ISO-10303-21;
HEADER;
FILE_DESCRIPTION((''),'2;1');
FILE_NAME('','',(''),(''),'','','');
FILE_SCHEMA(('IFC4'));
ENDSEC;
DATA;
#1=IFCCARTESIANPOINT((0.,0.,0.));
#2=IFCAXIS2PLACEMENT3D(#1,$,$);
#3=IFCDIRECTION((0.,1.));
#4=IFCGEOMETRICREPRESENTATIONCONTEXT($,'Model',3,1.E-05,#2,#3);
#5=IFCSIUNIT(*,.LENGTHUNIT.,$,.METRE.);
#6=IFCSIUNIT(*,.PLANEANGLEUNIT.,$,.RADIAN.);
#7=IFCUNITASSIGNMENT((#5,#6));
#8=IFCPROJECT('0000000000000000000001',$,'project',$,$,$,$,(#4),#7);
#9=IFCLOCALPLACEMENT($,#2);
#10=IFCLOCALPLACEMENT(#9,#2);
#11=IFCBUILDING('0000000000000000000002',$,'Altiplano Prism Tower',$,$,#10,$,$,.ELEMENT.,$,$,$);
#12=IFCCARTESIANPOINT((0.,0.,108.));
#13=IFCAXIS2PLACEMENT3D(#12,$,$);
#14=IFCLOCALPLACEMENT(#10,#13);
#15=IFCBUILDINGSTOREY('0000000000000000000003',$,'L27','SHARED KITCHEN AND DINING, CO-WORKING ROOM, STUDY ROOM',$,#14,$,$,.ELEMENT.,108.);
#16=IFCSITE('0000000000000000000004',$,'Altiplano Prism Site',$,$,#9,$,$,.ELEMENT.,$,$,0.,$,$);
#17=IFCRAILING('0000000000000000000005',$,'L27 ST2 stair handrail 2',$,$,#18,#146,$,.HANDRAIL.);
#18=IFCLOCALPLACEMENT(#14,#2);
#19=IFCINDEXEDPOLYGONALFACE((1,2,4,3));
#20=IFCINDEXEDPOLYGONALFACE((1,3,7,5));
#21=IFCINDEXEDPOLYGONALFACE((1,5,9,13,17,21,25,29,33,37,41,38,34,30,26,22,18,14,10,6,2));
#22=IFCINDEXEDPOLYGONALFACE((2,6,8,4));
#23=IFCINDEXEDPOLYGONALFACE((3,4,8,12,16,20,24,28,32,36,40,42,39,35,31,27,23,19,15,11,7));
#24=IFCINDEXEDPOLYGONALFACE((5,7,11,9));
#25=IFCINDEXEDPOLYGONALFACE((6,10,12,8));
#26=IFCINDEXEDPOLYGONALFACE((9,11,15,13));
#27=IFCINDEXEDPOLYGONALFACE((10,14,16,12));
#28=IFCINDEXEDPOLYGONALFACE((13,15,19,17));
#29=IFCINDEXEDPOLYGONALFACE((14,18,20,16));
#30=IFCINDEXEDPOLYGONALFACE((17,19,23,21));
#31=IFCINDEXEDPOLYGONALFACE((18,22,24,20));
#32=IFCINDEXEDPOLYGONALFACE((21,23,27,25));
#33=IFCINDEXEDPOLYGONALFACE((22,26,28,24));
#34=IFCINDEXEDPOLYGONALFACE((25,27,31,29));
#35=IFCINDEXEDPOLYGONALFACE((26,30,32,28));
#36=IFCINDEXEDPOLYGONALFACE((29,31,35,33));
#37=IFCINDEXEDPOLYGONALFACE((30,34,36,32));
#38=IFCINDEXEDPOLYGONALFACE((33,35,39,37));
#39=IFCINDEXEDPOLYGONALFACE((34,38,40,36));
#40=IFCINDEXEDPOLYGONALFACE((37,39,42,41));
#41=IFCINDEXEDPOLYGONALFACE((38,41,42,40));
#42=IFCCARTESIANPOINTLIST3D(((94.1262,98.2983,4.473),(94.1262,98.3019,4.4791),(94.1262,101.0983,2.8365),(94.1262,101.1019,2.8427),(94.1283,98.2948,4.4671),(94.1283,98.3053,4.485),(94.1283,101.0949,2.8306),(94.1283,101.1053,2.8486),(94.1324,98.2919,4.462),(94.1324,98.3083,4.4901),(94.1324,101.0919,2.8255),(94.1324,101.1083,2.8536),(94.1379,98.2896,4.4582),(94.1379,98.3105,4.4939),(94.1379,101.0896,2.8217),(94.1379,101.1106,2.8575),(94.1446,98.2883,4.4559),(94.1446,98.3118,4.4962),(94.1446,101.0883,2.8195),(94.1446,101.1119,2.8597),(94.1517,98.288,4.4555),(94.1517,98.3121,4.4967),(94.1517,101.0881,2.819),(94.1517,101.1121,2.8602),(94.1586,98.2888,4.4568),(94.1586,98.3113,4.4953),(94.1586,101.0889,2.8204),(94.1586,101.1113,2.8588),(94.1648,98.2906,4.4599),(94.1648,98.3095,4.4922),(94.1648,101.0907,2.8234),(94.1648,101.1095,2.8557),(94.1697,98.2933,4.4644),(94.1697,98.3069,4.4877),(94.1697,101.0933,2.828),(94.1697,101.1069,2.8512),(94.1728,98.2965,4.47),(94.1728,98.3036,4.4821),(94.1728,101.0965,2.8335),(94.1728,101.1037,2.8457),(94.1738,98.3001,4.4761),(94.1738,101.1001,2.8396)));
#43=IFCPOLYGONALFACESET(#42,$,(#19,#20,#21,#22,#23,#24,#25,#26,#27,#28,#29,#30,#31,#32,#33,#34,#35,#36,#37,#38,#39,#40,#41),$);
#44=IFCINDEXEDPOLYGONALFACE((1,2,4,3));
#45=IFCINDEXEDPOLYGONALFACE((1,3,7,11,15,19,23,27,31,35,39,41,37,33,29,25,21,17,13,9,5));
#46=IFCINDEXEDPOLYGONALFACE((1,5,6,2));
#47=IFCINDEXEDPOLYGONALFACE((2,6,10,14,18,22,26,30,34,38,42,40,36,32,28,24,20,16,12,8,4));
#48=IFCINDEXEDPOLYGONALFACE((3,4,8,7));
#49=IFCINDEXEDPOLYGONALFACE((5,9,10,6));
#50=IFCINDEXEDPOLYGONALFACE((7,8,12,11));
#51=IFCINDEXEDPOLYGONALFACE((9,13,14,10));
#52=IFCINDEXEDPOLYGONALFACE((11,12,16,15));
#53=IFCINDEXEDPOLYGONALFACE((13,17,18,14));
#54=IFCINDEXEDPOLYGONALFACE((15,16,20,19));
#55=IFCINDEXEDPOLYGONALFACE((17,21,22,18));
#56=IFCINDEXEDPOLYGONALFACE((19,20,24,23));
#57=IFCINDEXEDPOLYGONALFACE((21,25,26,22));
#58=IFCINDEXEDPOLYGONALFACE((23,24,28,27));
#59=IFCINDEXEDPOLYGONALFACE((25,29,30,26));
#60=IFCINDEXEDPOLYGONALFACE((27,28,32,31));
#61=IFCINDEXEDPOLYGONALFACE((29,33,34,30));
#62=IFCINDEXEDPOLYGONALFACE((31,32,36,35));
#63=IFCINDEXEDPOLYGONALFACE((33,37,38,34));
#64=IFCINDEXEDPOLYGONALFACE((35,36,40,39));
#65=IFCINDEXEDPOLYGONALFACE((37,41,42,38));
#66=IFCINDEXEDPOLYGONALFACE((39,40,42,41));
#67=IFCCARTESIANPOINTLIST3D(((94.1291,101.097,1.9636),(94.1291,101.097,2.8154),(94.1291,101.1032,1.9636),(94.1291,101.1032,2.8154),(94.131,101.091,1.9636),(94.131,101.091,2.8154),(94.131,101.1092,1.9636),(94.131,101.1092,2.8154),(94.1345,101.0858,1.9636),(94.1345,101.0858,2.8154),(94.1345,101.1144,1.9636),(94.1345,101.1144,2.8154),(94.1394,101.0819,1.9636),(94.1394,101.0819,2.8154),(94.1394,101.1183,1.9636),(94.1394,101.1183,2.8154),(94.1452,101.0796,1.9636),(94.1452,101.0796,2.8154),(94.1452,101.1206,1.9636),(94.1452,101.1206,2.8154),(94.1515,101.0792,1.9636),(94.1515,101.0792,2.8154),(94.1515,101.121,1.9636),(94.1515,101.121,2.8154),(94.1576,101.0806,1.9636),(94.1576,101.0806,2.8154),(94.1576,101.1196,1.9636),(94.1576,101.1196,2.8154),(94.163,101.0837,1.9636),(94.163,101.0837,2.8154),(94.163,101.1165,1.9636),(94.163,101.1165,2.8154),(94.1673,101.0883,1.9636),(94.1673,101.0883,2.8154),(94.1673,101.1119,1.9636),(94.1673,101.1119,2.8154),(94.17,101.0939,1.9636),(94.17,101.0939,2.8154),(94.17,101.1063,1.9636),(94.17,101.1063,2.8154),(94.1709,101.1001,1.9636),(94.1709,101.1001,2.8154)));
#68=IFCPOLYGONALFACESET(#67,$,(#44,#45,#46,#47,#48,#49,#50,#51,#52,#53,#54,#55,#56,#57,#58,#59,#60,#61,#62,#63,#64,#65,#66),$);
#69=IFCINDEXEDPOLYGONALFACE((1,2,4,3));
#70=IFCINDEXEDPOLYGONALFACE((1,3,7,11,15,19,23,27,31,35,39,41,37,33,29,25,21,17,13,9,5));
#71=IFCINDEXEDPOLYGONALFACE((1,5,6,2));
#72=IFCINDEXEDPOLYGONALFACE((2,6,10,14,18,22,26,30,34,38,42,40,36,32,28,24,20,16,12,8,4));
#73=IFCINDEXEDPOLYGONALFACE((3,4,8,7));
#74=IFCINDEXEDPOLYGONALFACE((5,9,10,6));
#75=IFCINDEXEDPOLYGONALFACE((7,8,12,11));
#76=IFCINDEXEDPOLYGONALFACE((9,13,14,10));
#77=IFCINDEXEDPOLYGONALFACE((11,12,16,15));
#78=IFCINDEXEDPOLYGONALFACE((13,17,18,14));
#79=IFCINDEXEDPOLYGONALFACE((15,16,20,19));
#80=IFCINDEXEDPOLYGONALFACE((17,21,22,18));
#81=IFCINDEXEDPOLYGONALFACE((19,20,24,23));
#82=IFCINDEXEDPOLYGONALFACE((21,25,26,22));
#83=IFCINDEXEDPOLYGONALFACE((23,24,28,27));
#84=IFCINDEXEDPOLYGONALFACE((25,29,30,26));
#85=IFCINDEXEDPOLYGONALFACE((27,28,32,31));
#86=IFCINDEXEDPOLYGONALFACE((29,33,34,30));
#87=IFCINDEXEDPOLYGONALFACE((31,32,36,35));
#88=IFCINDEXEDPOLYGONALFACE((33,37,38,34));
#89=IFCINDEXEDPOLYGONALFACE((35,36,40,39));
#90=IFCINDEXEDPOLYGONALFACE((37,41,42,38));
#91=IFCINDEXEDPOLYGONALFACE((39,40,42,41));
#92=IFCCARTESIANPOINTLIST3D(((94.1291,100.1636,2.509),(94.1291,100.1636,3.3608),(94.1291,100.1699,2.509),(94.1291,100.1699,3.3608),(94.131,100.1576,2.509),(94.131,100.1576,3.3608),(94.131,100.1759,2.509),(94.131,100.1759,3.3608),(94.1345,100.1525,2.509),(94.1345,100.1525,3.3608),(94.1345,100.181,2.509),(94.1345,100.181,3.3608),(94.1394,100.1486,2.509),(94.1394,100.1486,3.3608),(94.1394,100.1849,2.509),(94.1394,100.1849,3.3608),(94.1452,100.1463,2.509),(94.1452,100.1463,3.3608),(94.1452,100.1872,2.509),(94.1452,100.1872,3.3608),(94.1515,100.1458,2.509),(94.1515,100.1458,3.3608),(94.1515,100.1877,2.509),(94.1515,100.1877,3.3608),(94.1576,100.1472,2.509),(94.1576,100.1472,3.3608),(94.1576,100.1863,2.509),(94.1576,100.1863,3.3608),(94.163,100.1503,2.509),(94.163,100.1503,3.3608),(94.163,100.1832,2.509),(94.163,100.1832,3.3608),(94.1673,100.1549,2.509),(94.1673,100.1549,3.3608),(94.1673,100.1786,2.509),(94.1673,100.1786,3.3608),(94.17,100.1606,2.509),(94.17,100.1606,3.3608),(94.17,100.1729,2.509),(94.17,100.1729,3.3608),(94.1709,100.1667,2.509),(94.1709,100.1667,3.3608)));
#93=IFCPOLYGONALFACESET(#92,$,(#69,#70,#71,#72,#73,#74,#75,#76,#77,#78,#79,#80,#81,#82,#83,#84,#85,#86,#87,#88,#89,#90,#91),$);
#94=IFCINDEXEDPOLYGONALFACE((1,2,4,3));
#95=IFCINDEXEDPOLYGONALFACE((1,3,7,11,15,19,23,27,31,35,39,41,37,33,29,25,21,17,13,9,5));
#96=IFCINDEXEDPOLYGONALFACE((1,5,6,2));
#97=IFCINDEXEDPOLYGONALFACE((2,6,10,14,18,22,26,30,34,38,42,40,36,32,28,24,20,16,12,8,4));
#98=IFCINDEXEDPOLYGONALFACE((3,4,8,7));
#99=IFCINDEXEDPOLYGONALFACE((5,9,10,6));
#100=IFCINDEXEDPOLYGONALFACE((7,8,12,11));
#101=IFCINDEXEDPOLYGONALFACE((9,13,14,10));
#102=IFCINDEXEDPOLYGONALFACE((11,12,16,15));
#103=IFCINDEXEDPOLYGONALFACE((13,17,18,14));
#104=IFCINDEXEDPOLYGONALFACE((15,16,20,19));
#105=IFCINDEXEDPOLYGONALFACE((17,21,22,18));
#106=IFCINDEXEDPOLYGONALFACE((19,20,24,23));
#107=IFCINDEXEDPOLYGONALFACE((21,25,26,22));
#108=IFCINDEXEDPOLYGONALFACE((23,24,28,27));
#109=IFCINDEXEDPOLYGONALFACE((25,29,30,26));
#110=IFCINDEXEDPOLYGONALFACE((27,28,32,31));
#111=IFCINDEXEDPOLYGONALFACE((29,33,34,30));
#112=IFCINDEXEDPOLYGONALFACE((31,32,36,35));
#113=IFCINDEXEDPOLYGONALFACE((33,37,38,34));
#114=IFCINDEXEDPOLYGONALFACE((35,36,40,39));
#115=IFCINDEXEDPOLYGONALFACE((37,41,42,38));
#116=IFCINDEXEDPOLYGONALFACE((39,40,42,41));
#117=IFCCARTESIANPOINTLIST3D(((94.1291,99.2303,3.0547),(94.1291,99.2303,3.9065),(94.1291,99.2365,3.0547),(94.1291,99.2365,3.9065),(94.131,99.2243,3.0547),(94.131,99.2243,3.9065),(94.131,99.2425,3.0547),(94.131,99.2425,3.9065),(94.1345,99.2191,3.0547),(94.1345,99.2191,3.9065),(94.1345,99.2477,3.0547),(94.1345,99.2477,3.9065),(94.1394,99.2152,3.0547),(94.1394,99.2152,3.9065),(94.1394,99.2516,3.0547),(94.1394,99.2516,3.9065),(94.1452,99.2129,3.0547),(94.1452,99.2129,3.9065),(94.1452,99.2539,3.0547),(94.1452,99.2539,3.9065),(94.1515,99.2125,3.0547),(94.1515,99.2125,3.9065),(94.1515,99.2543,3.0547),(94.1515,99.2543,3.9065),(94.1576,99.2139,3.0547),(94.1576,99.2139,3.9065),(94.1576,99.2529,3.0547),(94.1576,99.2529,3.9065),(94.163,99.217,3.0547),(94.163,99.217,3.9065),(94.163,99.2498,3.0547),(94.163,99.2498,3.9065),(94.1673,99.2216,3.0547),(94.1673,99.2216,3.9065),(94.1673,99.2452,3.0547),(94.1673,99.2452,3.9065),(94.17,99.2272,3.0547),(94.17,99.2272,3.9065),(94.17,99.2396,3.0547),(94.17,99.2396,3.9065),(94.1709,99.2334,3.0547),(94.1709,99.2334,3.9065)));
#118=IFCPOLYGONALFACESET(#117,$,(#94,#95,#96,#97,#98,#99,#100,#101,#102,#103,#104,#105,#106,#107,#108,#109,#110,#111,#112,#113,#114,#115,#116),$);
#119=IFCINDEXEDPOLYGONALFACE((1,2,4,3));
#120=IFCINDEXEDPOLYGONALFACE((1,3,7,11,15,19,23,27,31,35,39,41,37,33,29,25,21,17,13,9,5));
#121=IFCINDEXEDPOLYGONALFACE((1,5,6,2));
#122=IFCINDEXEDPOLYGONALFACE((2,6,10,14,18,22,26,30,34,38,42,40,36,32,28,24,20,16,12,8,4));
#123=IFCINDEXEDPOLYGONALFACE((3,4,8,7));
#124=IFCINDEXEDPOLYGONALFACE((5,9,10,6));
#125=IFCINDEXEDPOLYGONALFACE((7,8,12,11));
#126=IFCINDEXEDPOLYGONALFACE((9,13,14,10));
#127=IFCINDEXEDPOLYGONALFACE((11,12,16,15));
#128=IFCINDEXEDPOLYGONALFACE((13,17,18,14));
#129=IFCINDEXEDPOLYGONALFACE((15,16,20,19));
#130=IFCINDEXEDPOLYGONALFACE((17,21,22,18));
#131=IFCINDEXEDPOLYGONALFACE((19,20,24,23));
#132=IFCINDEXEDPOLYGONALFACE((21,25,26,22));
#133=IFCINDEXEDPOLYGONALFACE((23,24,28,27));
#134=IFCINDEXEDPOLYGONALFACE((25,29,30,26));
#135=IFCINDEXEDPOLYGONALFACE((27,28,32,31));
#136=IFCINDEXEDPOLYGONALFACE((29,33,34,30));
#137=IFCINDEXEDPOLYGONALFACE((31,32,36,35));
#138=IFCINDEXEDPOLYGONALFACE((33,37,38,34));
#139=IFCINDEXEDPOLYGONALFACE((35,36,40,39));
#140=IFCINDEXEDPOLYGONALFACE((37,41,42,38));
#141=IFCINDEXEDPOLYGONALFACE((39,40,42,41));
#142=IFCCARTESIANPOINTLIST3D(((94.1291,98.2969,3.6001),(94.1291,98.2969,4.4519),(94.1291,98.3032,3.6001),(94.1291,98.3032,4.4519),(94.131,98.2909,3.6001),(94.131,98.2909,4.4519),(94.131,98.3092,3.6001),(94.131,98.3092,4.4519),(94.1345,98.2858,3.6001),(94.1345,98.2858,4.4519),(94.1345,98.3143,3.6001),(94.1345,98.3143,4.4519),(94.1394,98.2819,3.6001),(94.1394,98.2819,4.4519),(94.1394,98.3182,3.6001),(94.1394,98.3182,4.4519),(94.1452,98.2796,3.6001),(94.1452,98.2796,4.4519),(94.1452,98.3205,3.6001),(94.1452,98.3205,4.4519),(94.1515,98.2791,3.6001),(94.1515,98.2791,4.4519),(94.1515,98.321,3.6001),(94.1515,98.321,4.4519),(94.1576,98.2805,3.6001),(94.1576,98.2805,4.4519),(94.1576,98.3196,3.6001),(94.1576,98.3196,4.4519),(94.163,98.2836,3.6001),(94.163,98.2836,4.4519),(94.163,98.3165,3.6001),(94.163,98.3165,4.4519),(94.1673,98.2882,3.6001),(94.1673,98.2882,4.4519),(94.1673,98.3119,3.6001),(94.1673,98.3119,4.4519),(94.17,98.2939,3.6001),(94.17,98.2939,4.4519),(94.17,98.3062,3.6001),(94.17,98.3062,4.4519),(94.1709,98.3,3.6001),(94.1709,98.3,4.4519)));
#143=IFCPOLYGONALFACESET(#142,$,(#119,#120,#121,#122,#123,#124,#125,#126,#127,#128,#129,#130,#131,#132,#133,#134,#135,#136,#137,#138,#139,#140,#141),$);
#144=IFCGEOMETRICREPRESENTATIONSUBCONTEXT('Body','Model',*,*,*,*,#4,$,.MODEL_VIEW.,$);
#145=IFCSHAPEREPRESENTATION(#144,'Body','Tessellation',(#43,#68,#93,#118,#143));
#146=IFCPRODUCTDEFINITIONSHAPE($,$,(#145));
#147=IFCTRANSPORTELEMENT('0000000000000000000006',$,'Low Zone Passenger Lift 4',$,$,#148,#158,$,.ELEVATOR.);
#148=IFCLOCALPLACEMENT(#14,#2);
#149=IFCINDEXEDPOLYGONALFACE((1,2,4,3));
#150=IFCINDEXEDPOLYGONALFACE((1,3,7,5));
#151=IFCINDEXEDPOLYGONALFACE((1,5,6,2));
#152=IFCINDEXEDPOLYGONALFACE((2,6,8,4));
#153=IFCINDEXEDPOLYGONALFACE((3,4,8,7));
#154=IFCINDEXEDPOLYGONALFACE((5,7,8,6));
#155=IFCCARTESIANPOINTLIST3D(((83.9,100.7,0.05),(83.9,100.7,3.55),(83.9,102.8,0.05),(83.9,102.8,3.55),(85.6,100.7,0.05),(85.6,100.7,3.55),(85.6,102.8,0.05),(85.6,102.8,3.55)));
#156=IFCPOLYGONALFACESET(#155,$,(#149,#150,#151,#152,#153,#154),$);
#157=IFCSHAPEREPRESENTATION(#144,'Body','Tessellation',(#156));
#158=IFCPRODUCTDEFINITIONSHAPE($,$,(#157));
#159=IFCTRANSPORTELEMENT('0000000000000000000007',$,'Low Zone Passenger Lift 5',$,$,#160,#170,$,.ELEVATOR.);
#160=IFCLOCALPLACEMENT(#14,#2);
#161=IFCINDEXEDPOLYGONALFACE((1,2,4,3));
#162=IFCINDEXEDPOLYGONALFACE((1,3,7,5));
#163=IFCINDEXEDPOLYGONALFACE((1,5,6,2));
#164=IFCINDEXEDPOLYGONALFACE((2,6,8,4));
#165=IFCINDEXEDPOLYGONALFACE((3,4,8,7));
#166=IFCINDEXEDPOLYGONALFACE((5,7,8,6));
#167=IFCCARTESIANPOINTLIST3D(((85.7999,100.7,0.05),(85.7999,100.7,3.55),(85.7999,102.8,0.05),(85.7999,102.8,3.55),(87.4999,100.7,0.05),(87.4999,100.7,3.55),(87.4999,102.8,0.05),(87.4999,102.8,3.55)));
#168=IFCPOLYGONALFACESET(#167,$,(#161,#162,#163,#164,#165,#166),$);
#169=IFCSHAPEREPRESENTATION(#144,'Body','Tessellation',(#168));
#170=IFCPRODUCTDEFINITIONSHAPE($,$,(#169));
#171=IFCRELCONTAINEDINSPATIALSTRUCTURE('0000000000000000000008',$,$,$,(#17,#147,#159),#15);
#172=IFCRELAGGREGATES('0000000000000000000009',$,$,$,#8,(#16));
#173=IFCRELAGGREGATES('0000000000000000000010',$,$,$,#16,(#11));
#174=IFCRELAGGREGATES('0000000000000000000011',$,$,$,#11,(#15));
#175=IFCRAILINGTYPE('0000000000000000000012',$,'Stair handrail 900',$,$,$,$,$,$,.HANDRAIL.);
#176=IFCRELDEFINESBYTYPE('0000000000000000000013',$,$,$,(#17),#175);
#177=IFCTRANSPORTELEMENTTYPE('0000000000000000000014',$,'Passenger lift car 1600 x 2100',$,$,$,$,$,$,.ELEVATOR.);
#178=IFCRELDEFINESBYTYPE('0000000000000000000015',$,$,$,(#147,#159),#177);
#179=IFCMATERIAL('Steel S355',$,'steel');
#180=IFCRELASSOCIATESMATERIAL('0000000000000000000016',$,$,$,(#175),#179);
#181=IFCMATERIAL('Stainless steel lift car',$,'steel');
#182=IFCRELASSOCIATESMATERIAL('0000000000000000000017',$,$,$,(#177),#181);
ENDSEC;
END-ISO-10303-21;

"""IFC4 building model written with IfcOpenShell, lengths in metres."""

from ifc_helpers import new_model, si_unit, direction, frame, origin, origin_2d, place, context, subcontext, project, spatial, rectangle, circle, extrude, material, type_object, element, save


model = new_model("IFC4")

# Units and contexts
model_context = context("Model", 3, precision=1e-05, world=origin(), true_north=direction((0.0, 1.0)))
body_context = subcontext(model_context, "Body", "Model", "MODEL_VIEW")
ifc_project = project(units=[si_unit("LENGTHUNIT", "METRE"), si_unit("PLANEANGLEUNIT", "RADIAN")], contexts=[model_context])

# Site, building, storey
site_placement = place(None, origin())
site = spatial("IfcSite", under=ifc_project, at=site_placement, Name="Altiplano Prism Site", CompositionType="ELEMENT", RefElevation=0.0)
building_placement = place(site_placement, origin())
building = spatial("IfcBuilding", under=site, at=building_placement, Name="Altiplano Prism Tower", CompositionType="ELEMENT")
storey_placement = place(building_placement, frame((0.0, 0.0, 108.0)))
storey = spatial("IfcBuildingStorey", under=building, at=storey_placement, Name="L27", Description="SHARED KITCHEN AND DINING, CO-WORKING ROOM, STUDY ROOM", CompositionType="ELEMENT", Elevation=108.0)

# Railing
ifc_material_1 = material(Name="Steel S355", Category="steel")
railing_type_1 = type_object("IfcRailingType", Name="Stair handrail 900", PredefinedType="HANDRAIL", material=ifc_material_1)
railing_1_placement = place(storey_placement, frame((94.1499, 101.1001, 1.9636)))
element("IfcRailing", 1, at=railing_1_placement, inside=storey, type_object=railing_type_1, Name="L27 ST2 stair handrail 2", PredefinedType="HANDRAIL", context=body_context, shape_type="SweptSolid", body=[
    extrude(circle(Radius=0.0239, at=origin_2d()), frame((0.0, 0.0, 0.876), z_axis=(0.0, -0.863361, 0.504587), x_axis=(1.0, 0.0, 0.0)), (0.0, 0.0, 1.0), 3.2432),
    extrude(circle(Radius=0.021, at=origin_2d()), origin(), (0.0, 0.0, 1.0), 0.8518),
    extrude(circle(Radius=0.021, at=origin_2d()), frame((0.0, -0.9333, 0.5454)), (0.0, 0.0, 1.0), 0.8518),
    extrude(circle(Radius=0.021, at=origin_2d()), frame((0.0, -1.8667, 1.0911)), (0.0, 0.0, 1.0), 0.8518),
    extrude(circle(Radius=0.021, at=origin_2d()), frame((0.0, -2.8, 1.6365)), (0.0, 0.0, 1.0), 0.8518),
])

# Transport elements
ifc_material_2 = material(Name="Stainless steel lift car", Category="steel")
transport_element_type = type_object("IfcTransportElementType", Name="Passenger lift car 1600 x 2100", PredefinedType="ELEVATOR", material=ifc_material_2)
for number, where, z_axis, x_axis, name in (
    (2, (84.75, 101.75, 0.05), (0.0, 0.0, 1.0), (1.0, 0.0, 0.0), "Low Zone Passenger Lift 4"),
    (3, (86.6499, 101.75, 0.05), (0.0, 0.0, 1.0), (1.0, 0.0, 0.0), "Low Zone Passenger Lift 5"),
):
    element("IfcTransportElement", number, at=place(storey_placement, frame(where, z_axis=z_axis, x_axis=x_axis)), inside=storey, type_object=transport_element_type, Name=name, PredefinedType="ELEVATOR", context=body_context, shape_type="SweptSolid", body=[
        extrude(rectangle(XDim=1.7, YDim=2.1001, at=origin_2d()), origin(), (0.0, 0.0, 1.0), 3.5),
    ])

save(model, "model.ifc")
